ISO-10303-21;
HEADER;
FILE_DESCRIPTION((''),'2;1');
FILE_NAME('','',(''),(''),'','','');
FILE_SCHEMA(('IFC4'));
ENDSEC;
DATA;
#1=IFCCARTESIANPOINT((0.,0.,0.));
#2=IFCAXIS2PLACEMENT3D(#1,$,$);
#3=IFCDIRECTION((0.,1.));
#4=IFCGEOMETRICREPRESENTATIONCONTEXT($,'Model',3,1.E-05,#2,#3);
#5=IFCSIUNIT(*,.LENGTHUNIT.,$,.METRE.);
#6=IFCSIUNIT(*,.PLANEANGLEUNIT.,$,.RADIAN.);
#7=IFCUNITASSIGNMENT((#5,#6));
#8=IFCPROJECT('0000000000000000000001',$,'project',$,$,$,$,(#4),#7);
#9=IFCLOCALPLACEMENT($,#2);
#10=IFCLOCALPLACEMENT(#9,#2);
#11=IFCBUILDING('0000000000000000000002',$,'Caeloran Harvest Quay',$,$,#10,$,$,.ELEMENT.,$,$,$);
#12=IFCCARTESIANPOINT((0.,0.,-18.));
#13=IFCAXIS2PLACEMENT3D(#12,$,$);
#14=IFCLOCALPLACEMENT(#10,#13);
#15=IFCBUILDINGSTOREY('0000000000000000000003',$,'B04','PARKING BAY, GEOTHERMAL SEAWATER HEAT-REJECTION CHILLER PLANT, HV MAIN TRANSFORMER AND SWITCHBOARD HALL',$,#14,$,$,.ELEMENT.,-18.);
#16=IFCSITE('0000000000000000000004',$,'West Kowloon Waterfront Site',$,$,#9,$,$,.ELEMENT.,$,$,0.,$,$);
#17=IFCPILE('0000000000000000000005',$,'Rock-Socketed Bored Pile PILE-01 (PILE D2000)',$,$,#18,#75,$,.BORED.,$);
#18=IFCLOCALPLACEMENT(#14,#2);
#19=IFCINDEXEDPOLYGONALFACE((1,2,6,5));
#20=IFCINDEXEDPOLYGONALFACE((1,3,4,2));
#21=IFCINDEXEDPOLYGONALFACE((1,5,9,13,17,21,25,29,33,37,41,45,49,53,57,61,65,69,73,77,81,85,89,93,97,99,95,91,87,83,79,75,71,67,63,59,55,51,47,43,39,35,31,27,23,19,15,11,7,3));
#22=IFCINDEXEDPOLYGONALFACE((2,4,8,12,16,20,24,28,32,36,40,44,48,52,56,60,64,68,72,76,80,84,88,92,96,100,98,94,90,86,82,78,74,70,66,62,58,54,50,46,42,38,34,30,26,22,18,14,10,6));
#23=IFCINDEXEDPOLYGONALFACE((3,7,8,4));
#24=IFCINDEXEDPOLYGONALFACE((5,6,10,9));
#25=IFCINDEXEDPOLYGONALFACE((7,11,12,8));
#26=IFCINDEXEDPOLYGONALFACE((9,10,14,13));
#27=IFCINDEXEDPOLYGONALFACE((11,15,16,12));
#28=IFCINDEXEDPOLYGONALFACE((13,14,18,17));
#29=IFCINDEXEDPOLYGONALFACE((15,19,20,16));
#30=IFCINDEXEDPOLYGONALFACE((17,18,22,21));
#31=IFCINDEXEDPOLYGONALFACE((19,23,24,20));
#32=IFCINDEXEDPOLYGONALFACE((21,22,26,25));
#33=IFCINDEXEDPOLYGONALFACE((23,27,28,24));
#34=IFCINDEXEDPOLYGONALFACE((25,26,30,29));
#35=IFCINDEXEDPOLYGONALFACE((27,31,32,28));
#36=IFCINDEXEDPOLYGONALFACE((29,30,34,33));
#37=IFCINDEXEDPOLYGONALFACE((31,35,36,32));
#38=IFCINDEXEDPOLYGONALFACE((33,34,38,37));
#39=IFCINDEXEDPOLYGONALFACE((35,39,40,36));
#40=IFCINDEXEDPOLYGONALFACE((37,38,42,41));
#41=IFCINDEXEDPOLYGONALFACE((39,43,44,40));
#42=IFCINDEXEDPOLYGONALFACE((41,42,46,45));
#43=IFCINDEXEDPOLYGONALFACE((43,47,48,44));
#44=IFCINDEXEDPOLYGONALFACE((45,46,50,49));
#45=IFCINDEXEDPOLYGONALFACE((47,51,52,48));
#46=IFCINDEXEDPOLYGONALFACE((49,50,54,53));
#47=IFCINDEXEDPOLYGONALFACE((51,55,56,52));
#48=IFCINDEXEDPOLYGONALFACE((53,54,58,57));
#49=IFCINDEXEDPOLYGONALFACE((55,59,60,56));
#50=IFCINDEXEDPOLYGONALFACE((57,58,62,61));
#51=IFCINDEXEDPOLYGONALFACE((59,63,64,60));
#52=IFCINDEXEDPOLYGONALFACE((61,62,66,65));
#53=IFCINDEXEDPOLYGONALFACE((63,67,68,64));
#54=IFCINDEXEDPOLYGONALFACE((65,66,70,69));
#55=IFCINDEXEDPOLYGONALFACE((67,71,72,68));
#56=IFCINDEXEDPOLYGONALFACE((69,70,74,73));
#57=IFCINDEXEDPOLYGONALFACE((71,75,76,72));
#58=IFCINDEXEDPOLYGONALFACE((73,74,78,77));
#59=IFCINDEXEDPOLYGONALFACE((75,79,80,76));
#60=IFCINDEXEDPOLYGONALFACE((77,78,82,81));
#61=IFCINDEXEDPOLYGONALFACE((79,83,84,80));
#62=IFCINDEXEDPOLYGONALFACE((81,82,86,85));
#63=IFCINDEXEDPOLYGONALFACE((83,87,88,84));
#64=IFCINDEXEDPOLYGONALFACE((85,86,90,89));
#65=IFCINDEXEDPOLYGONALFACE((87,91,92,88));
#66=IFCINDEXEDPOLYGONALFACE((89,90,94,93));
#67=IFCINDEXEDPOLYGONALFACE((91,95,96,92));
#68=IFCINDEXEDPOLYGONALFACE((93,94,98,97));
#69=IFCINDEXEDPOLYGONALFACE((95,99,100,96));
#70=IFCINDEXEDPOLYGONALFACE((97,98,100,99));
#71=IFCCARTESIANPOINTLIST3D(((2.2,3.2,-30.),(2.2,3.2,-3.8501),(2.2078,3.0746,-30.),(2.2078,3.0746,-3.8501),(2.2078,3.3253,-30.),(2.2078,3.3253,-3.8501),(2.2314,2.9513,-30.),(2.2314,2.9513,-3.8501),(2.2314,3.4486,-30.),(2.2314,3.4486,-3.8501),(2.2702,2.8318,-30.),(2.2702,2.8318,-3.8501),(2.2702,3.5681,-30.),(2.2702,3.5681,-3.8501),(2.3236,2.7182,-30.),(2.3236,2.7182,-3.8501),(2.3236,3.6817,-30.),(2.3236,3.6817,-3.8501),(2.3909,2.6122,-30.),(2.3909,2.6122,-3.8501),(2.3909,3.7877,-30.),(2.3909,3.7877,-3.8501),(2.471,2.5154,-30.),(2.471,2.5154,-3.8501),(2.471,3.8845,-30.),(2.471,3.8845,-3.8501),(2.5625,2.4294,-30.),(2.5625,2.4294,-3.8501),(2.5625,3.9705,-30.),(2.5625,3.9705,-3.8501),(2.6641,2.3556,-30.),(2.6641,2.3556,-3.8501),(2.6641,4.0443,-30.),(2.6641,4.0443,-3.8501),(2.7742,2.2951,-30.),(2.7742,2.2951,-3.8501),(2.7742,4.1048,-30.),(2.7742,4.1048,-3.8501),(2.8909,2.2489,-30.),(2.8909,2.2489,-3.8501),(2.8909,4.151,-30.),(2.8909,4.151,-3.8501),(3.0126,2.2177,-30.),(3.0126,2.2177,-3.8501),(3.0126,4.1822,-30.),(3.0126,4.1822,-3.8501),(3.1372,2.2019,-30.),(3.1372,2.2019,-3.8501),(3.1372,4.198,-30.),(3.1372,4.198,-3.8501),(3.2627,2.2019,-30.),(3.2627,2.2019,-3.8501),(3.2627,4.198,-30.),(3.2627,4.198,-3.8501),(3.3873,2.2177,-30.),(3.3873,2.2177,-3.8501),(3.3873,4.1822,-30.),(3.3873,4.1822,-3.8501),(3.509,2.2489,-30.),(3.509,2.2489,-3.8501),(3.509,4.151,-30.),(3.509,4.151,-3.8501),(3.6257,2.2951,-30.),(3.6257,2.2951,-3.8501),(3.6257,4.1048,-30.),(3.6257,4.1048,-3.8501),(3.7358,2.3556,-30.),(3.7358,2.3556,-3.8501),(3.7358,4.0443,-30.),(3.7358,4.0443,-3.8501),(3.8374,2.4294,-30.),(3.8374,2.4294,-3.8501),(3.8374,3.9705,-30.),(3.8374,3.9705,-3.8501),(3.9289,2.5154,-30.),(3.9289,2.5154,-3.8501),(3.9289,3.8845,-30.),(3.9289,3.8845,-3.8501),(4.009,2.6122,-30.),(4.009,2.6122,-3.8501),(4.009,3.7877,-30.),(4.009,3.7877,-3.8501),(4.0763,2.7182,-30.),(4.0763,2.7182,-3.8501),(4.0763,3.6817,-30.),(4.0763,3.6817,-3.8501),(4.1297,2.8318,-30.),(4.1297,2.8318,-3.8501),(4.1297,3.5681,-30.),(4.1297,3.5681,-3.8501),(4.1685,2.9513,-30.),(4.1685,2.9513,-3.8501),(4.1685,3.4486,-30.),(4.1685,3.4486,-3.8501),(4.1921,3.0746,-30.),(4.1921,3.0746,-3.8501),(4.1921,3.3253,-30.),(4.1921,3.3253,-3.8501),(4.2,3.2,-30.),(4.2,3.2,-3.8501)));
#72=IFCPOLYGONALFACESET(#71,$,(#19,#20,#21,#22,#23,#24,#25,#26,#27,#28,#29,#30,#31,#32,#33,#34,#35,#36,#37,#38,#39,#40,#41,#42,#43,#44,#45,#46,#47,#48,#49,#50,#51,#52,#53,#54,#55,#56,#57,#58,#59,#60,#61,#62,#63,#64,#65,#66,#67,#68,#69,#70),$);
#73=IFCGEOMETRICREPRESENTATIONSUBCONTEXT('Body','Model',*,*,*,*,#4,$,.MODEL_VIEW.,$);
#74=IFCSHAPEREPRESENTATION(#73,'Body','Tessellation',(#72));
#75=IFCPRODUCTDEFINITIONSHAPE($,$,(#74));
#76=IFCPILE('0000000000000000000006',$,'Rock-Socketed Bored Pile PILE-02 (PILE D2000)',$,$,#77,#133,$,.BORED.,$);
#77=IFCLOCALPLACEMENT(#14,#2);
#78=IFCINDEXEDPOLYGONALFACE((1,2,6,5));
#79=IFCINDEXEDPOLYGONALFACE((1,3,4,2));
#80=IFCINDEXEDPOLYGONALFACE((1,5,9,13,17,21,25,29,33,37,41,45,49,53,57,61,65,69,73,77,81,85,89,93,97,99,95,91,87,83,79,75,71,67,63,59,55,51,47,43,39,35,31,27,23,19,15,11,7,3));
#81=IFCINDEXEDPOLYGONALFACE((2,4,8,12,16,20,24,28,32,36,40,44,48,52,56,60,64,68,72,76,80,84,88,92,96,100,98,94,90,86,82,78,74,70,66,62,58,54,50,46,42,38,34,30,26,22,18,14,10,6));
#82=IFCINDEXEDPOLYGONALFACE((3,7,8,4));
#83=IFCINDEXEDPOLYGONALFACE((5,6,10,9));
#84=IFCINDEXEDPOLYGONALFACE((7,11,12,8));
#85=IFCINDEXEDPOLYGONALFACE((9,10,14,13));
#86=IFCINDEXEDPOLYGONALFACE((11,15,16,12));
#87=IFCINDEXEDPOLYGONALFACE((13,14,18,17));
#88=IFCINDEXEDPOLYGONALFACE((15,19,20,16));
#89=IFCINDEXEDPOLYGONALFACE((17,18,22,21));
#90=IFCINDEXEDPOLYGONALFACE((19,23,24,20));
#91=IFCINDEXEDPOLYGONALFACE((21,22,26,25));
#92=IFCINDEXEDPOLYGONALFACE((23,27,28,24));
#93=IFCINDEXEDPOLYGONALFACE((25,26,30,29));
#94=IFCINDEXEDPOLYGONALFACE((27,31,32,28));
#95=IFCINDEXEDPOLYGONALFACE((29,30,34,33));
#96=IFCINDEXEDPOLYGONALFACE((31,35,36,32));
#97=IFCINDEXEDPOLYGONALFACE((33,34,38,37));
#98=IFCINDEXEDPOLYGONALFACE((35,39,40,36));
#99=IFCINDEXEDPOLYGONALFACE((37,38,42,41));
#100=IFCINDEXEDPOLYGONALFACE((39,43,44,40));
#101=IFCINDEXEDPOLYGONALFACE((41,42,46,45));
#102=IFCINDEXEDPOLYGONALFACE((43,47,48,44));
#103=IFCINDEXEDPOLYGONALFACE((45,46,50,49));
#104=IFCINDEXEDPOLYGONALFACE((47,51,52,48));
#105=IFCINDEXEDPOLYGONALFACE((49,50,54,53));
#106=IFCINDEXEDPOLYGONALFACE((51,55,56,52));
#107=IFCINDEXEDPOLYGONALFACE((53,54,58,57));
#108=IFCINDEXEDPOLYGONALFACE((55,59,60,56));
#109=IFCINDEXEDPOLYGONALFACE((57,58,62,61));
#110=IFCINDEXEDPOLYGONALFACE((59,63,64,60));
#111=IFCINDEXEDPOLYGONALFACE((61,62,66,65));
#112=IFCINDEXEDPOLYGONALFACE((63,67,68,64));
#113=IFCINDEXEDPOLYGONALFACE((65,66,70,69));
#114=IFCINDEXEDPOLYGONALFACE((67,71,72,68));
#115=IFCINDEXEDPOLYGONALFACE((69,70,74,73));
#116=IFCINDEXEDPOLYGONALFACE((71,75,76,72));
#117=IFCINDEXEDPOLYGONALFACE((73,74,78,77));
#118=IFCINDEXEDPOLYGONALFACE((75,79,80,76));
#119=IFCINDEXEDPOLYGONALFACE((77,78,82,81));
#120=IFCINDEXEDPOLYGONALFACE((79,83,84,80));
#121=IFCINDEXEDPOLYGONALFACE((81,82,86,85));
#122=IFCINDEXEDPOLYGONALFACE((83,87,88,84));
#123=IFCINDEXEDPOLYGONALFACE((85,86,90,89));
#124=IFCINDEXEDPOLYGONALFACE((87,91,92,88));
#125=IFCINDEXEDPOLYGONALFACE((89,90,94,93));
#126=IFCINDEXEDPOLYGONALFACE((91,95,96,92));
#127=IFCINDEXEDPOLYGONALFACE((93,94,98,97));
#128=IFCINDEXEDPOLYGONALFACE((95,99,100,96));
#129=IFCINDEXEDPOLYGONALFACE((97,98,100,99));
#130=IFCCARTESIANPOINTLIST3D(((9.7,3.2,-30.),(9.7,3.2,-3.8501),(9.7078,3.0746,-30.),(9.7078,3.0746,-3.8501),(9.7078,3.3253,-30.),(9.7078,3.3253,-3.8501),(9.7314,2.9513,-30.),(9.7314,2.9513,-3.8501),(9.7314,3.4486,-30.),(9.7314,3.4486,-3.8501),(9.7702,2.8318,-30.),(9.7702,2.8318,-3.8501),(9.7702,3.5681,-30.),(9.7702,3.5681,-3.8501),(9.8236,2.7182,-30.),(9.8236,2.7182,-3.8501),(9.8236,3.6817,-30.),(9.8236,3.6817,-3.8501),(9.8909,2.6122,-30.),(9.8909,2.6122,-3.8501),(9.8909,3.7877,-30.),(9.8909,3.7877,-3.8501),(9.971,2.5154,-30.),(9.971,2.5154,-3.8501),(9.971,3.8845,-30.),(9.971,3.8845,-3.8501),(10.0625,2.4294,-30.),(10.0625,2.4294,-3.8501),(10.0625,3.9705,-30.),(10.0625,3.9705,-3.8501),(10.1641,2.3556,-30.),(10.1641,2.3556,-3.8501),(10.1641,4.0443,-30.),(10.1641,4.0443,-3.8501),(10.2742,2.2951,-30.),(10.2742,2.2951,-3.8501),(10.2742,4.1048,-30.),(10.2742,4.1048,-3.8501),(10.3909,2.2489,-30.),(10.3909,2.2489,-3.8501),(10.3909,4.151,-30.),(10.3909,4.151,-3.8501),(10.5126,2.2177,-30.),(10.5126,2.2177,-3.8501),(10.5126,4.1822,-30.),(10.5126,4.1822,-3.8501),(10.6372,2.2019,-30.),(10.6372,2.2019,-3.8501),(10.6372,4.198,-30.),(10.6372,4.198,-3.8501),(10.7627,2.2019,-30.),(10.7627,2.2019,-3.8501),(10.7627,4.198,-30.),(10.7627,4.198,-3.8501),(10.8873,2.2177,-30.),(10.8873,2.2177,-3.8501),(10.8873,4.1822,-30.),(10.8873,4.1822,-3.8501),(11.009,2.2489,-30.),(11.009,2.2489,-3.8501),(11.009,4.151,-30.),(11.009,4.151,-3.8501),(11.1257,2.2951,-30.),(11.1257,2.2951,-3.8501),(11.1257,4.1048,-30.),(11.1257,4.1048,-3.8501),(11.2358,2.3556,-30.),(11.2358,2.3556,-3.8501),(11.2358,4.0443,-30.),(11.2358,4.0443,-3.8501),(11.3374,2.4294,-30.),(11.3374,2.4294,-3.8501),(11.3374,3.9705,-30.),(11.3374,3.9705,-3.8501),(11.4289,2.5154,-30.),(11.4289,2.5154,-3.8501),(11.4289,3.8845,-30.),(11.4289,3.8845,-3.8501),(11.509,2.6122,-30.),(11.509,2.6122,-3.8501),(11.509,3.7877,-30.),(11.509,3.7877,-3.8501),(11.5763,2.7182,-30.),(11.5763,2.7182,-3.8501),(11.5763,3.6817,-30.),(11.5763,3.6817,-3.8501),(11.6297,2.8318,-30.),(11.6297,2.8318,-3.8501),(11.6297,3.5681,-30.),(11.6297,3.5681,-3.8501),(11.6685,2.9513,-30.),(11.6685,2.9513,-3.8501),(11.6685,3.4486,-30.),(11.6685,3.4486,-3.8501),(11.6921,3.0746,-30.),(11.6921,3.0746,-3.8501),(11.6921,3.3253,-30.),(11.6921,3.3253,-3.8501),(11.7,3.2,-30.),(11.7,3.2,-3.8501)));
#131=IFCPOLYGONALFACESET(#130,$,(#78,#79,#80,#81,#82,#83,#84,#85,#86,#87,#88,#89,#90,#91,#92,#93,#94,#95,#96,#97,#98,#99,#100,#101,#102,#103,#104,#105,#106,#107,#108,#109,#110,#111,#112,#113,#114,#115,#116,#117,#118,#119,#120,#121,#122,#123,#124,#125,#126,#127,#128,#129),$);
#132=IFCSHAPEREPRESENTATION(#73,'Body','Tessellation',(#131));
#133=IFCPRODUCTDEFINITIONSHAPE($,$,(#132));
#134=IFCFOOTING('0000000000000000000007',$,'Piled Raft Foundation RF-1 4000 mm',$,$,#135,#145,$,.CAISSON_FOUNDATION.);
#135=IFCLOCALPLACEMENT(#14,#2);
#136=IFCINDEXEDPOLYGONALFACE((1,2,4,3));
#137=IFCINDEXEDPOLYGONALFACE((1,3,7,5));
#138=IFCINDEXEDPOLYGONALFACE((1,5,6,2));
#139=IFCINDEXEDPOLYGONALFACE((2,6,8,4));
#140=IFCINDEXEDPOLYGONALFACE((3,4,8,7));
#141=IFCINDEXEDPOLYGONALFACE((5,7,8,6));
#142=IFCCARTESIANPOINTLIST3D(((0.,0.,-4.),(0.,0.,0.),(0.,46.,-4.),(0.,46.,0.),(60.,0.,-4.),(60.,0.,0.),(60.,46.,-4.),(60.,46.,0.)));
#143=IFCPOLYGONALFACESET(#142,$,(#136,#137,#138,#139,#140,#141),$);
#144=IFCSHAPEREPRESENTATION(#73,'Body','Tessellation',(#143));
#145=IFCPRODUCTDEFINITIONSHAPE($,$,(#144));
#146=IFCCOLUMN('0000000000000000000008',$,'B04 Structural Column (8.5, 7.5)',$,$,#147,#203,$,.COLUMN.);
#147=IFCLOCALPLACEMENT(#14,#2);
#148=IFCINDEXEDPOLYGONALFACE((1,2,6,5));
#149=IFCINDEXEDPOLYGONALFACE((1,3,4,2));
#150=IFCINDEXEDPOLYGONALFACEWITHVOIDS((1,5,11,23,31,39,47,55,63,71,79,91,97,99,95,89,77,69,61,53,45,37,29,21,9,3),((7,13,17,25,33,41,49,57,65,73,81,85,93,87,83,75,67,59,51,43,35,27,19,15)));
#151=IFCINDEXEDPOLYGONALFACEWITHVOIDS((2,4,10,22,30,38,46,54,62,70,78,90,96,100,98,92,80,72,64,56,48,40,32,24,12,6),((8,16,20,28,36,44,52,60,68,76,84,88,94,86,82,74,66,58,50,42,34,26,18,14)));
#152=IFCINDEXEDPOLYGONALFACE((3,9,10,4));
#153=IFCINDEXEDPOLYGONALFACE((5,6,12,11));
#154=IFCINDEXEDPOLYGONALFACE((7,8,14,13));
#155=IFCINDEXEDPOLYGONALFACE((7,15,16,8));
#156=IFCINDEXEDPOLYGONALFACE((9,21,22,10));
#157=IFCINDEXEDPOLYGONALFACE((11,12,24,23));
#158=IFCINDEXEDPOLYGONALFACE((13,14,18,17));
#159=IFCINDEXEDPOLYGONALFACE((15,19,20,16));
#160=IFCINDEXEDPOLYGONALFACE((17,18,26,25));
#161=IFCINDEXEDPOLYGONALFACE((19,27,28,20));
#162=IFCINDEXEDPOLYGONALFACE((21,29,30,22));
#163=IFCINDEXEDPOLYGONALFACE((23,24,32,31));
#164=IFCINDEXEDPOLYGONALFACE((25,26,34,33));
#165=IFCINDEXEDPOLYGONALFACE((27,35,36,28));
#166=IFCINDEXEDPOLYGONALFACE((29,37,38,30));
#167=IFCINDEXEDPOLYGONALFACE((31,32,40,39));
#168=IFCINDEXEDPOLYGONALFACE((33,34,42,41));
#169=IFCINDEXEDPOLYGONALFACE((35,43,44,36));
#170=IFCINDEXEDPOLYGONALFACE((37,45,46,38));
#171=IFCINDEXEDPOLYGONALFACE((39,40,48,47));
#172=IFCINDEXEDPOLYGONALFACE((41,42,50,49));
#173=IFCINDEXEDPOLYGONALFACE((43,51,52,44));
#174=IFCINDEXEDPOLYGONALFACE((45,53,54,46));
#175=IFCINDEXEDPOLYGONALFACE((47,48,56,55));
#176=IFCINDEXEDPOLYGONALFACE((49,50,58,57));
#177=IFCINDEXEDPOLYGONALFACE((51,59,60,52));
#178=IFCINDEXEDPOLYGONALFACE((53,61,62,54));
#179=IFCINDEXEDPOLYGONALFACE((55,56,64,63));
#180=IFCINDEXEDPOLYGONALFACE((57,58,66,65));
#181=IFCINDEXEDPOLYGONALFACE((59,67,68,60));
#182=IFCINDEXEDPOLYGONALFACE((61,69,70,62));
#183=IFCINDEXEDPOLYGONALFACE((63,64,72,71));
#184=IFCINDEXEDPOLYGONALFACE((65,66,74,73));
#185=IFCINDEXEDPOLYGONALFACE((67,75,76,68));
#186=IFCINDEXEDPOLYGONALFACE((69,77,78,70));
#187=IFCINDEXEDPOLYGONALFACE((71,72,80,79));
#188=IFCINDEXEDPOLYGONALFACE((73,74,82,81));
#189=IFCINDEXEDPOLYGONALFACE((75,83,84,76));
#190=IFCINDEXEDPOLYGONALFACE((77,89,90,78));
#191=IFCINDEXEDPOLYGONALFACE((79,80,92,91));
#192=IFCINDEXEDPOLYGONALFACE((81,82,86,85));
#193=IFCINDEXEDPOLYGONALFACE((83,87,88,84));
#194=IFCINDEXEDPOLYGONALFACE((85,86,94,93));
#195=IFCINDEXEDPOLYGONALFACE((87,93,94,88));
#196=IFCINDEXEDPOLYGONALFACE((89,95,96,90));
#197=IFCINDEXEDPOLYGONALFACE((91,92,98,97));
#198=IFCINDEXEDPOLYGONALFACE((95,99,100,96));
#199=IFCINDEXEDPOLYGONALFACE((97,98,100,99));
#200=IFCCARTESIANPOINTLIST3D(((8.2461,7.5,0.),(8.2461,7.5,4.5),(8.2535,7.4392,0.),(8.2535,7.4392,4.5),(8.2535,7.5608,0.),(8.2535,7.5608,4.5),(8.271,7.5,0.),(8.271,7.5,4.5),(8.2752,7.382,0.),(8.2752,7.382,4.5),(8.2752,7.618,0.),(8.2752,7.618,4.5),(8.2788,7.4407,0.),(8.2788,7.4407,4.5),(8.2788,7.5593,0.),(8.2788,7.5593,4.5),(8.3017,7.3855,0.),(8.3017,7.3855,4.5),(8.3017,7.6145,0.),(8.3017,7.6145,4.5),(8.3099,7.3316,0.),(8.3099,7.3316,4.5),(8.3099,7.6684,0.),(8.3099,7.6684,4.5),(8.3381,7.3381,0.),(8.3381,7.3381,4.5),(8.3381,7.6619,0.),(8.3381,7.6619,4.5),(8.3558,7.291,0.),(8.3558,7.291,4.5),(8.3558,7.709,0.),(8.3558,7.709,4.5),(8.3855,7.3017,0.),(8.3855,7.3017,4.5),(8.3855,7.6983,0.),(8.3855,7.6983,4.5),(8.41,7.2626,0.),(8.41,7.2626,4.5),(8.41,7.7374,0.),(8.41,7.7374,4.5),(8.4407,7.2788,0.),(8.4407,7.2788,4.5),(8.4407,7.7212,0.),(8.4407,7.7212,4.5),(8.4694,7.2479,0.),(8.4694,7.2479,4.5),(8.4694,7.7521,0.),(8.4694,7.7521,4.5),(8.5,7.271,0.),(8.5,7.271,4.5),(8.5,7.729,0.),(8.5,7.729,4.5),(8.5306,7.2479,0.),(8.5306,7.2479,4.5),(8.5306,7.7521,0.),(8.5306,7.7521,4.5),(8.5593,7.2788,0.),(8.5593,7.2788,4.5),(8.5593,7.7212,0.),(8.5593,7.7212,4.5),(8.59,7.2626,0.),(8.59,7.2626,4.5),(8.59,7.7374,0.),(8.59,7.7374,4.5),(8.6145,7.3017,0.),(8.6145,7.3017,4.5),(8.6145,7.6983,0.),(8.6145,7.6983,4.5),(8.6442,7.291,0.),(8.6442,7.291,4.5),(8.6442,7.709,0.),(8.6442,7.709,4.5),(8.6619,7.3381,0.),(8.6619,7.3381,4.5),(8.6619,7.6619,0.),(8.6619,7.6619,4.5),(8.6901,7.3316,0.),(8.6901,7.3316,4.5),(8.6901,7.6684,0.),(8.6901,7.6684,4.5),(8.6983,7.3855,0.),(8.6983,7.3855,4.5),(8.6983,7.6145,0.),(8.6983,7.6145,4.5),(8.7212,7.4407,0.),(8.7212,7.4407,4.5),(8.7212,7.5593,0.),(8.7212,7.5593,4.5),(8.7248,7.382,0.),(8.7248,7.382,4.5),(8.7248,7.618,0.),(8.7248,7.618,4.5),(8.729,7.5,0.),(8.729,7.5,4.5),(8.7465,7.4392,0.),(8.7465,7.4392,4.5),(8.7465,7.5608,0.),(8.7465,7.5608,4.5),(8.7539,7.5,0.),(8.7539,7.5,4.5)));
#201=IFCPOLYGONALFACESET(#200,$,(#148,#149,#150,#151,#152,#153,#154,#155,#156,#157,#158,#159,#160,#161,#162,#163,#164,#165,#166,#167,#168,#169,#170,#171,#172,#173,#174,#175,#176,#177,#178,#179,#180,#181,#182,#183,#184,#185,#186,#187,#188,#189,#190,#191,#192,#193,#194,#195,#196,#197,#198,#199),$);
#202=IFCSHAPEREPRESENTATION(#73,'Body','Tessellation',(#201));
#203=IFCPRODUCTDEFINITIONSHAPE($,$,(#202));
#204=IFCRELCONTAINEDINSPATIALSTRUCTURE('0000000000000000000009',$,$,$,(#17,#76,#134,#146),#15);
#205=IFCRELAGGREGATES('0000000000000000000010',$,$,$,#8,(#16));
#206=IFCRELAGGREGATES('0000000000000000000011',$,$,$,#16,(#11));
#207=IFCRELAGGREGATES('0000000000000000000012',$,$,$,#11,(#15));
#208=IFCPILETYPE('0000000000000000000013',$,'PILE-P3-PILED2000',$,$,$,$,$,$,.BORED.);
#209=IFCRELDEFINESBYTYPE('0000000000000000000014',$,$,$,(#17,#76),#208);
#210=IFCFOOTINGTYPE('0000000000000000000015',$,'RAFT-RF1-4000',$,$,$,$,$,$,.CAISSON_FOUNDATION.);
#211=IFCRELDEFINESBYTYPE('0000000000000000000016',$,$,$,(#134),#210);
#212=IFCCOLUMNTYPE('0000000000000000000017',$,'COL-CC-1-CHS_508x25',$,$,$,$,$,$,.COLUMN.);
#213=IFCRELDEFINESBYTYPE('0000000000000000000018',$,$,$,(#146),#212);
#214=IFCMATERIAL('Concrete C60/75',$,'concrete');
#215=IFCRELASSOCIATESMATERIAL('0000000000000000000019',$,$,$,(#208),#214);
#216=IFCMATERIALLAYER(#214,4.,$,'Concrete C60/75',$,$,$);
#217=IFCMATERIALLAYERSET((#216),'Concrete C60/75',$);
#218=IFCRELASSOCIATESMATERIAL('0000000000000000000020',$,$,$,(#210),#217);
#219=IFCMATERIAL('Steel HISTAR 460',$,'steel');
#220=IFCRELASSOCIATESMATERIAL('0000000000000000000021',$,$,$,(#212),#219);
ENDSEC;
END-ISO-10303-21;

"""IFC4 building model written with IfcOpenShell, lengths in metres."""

from ifc_helpers import new_model, si_unit, direction, frame, origin, origin_2d, place, context, subcontext, project, spatial, polyline, circle, hollow_circle, outline, extrude, material, layer, layer_set, material_profile, profile_set, type_object, element, save


model = new_model("IFC4")

# Units and contexts
model_context = context("Model", 3, precision=1e-05, world=origin(), true_north=direction((0.0, 1.0)))
body_context = subcontext(model_context, "Body", "Model", "MODEL_VIEW")
ifc_project = project(units=[si_unit("LENGTHUNIT", "METRE"), si_unit("PLANEANGLEUNIT", "RADIAN")], contexts=[model_context])

# Site, building, storey
site_placement = place(None, origin())
site = spatial("IfcSite", under=ifc_project, at=site_placement, Name="West Kowloon Waterfront Site", CompositionType="ELEMENT", RefElevation=0.0)
building_placement = place(site_placement, origin())
building = spatial("IfcBuilding", under=site, at=building_placement, Name="Caeloran Harvest Quay", CompositionType="ELEMENT")
storey_placement = place(building_placement, frame((0.0, 0.0, -18.0)))
storey = spatial("IfcBuildingStorey", under=building, at=storey_placement, Name="B04", Description="PARKING BAY, GEOTHERMAL SEAWATER HEAT-REJECTION CHILLER PLANT, HV MAIN TRANSFORMER AND SWITCHBOARD HALL", CompositionType="ELEMENT", Elevation=-18.0)

# Piles
ifc_material_1 = material(Name="Concrete C60/75", Category="concrete")
ifc_material_profile_1 = material_profile(ifc_material_1, circle(Radius=1.0, at=origin_2d()), Name="PILE D2000")
ifc_profile_set_1 = profile_set([ifc_material_profile_1], Name="Concrete C60/75")
pile_type = type_object("IfcPileType", Name="PILE-P3-PILED2000", PredefinedType="BORED", material=ifc_profile_set_1)
for number, where, z_axis, x_axis, name in (
    (1, (3.2, 3.2, -3.8501), (0.0, 0.0, -1.0), (1.0, 0.0, 0.0), "Rock-Socketed Bored Pile PILE-01 (PILE D2000)"),
    (2, (10.7, 3.2, -3.8501), (0.0, 0.0, -1.0), (1.0, 0.0, 0.0), "Rock-Socketed Bored Pile PILE-02 (PILE D2000)"),
):
    element("IfcPile", number, at=place(storey_placement, frame(where, z_axis=z_axis, x_axis=x_axis)), inside=storey, type_object=pile_type, Name=name, PredefinedType="BORED", context=body_context, shape_type="SweptSolid", body=[
        extrude(circle(Radius=1.0, at=origin_2d()), origin(), (0.0, 0.0, 1.0), 26.1499),
    ])

# Footing
ifc_layer_1 = layer(ifc_material_1, 4.0, Name="Concrete C60/75")
ifc_layer_set_1 = layer_set([ifc_layer_1], Name="Concrete C60/75")
footing_type = type_object("IfcFootingType", Name="RAFT-RF1-4000", PredefinedType="CAISSON_FOUNDATION", material=ifc_layer_set_1)
footing_placement = place(storey_placement, frame((0.0, 0.0, -4.0)))
element("IfcFooting", 3, at=footing_placement, inside=storey, type_object=footing_type, Name="Piled Raft Foundation RF-1 4000 mm", PredefinedType="CAISSON_FOUNDATION", context=body_context, shape_type="SweptSolid", body=[
    extrude(outline(polyline([(0.0, 0.0), (60.0, 0.0), (60.0, 46.0), (0.0, 46.0), (0.0, 0.0)])), origin(), (0.0, 0.0, 1.0), 4.0),
])

# Column
ifc_material_2 = material(Name="Steel HISTAR 460", Category="steel")
ifc_material_profile_2 = material_profile(ifc_material_2, hollow_circle(Radius=0.2539, WallThickness=0.0249, at=origin_2d()), Name="CHS 508x25")
ifc_profile_set_2 = profile_set([ifc_material_profile_2], Name="Steel HISTAR 460")
column_type = type_object("IfcColumnType", Name="COL-CC-1-CHS_508x25", PredefinedType="COLUMN", material=ifc_profile_set_2)
column_placement = place(storey_placement, frame((8.5, 7.5, 0.0), z_axis=(0.0, 0.0, 1.0), x_axis=(1.0, 0.0, 0.0)))
element("IfcColumn", 4, at=column_placement, inside=storey, type_object=column_type, Name="B04 Structural Column (8.5, 7.5)", PredefinedType="COLUMN", context=body_context, shape_type="SweptSolid", body=[
    extrude(hollow_circle(Radius=0.2539, WallThickness=0.0249, at=origin_2d()), origin(), (0.0, 0.0, 1.0), 4.5),
])

save(model, "model.ifc")
